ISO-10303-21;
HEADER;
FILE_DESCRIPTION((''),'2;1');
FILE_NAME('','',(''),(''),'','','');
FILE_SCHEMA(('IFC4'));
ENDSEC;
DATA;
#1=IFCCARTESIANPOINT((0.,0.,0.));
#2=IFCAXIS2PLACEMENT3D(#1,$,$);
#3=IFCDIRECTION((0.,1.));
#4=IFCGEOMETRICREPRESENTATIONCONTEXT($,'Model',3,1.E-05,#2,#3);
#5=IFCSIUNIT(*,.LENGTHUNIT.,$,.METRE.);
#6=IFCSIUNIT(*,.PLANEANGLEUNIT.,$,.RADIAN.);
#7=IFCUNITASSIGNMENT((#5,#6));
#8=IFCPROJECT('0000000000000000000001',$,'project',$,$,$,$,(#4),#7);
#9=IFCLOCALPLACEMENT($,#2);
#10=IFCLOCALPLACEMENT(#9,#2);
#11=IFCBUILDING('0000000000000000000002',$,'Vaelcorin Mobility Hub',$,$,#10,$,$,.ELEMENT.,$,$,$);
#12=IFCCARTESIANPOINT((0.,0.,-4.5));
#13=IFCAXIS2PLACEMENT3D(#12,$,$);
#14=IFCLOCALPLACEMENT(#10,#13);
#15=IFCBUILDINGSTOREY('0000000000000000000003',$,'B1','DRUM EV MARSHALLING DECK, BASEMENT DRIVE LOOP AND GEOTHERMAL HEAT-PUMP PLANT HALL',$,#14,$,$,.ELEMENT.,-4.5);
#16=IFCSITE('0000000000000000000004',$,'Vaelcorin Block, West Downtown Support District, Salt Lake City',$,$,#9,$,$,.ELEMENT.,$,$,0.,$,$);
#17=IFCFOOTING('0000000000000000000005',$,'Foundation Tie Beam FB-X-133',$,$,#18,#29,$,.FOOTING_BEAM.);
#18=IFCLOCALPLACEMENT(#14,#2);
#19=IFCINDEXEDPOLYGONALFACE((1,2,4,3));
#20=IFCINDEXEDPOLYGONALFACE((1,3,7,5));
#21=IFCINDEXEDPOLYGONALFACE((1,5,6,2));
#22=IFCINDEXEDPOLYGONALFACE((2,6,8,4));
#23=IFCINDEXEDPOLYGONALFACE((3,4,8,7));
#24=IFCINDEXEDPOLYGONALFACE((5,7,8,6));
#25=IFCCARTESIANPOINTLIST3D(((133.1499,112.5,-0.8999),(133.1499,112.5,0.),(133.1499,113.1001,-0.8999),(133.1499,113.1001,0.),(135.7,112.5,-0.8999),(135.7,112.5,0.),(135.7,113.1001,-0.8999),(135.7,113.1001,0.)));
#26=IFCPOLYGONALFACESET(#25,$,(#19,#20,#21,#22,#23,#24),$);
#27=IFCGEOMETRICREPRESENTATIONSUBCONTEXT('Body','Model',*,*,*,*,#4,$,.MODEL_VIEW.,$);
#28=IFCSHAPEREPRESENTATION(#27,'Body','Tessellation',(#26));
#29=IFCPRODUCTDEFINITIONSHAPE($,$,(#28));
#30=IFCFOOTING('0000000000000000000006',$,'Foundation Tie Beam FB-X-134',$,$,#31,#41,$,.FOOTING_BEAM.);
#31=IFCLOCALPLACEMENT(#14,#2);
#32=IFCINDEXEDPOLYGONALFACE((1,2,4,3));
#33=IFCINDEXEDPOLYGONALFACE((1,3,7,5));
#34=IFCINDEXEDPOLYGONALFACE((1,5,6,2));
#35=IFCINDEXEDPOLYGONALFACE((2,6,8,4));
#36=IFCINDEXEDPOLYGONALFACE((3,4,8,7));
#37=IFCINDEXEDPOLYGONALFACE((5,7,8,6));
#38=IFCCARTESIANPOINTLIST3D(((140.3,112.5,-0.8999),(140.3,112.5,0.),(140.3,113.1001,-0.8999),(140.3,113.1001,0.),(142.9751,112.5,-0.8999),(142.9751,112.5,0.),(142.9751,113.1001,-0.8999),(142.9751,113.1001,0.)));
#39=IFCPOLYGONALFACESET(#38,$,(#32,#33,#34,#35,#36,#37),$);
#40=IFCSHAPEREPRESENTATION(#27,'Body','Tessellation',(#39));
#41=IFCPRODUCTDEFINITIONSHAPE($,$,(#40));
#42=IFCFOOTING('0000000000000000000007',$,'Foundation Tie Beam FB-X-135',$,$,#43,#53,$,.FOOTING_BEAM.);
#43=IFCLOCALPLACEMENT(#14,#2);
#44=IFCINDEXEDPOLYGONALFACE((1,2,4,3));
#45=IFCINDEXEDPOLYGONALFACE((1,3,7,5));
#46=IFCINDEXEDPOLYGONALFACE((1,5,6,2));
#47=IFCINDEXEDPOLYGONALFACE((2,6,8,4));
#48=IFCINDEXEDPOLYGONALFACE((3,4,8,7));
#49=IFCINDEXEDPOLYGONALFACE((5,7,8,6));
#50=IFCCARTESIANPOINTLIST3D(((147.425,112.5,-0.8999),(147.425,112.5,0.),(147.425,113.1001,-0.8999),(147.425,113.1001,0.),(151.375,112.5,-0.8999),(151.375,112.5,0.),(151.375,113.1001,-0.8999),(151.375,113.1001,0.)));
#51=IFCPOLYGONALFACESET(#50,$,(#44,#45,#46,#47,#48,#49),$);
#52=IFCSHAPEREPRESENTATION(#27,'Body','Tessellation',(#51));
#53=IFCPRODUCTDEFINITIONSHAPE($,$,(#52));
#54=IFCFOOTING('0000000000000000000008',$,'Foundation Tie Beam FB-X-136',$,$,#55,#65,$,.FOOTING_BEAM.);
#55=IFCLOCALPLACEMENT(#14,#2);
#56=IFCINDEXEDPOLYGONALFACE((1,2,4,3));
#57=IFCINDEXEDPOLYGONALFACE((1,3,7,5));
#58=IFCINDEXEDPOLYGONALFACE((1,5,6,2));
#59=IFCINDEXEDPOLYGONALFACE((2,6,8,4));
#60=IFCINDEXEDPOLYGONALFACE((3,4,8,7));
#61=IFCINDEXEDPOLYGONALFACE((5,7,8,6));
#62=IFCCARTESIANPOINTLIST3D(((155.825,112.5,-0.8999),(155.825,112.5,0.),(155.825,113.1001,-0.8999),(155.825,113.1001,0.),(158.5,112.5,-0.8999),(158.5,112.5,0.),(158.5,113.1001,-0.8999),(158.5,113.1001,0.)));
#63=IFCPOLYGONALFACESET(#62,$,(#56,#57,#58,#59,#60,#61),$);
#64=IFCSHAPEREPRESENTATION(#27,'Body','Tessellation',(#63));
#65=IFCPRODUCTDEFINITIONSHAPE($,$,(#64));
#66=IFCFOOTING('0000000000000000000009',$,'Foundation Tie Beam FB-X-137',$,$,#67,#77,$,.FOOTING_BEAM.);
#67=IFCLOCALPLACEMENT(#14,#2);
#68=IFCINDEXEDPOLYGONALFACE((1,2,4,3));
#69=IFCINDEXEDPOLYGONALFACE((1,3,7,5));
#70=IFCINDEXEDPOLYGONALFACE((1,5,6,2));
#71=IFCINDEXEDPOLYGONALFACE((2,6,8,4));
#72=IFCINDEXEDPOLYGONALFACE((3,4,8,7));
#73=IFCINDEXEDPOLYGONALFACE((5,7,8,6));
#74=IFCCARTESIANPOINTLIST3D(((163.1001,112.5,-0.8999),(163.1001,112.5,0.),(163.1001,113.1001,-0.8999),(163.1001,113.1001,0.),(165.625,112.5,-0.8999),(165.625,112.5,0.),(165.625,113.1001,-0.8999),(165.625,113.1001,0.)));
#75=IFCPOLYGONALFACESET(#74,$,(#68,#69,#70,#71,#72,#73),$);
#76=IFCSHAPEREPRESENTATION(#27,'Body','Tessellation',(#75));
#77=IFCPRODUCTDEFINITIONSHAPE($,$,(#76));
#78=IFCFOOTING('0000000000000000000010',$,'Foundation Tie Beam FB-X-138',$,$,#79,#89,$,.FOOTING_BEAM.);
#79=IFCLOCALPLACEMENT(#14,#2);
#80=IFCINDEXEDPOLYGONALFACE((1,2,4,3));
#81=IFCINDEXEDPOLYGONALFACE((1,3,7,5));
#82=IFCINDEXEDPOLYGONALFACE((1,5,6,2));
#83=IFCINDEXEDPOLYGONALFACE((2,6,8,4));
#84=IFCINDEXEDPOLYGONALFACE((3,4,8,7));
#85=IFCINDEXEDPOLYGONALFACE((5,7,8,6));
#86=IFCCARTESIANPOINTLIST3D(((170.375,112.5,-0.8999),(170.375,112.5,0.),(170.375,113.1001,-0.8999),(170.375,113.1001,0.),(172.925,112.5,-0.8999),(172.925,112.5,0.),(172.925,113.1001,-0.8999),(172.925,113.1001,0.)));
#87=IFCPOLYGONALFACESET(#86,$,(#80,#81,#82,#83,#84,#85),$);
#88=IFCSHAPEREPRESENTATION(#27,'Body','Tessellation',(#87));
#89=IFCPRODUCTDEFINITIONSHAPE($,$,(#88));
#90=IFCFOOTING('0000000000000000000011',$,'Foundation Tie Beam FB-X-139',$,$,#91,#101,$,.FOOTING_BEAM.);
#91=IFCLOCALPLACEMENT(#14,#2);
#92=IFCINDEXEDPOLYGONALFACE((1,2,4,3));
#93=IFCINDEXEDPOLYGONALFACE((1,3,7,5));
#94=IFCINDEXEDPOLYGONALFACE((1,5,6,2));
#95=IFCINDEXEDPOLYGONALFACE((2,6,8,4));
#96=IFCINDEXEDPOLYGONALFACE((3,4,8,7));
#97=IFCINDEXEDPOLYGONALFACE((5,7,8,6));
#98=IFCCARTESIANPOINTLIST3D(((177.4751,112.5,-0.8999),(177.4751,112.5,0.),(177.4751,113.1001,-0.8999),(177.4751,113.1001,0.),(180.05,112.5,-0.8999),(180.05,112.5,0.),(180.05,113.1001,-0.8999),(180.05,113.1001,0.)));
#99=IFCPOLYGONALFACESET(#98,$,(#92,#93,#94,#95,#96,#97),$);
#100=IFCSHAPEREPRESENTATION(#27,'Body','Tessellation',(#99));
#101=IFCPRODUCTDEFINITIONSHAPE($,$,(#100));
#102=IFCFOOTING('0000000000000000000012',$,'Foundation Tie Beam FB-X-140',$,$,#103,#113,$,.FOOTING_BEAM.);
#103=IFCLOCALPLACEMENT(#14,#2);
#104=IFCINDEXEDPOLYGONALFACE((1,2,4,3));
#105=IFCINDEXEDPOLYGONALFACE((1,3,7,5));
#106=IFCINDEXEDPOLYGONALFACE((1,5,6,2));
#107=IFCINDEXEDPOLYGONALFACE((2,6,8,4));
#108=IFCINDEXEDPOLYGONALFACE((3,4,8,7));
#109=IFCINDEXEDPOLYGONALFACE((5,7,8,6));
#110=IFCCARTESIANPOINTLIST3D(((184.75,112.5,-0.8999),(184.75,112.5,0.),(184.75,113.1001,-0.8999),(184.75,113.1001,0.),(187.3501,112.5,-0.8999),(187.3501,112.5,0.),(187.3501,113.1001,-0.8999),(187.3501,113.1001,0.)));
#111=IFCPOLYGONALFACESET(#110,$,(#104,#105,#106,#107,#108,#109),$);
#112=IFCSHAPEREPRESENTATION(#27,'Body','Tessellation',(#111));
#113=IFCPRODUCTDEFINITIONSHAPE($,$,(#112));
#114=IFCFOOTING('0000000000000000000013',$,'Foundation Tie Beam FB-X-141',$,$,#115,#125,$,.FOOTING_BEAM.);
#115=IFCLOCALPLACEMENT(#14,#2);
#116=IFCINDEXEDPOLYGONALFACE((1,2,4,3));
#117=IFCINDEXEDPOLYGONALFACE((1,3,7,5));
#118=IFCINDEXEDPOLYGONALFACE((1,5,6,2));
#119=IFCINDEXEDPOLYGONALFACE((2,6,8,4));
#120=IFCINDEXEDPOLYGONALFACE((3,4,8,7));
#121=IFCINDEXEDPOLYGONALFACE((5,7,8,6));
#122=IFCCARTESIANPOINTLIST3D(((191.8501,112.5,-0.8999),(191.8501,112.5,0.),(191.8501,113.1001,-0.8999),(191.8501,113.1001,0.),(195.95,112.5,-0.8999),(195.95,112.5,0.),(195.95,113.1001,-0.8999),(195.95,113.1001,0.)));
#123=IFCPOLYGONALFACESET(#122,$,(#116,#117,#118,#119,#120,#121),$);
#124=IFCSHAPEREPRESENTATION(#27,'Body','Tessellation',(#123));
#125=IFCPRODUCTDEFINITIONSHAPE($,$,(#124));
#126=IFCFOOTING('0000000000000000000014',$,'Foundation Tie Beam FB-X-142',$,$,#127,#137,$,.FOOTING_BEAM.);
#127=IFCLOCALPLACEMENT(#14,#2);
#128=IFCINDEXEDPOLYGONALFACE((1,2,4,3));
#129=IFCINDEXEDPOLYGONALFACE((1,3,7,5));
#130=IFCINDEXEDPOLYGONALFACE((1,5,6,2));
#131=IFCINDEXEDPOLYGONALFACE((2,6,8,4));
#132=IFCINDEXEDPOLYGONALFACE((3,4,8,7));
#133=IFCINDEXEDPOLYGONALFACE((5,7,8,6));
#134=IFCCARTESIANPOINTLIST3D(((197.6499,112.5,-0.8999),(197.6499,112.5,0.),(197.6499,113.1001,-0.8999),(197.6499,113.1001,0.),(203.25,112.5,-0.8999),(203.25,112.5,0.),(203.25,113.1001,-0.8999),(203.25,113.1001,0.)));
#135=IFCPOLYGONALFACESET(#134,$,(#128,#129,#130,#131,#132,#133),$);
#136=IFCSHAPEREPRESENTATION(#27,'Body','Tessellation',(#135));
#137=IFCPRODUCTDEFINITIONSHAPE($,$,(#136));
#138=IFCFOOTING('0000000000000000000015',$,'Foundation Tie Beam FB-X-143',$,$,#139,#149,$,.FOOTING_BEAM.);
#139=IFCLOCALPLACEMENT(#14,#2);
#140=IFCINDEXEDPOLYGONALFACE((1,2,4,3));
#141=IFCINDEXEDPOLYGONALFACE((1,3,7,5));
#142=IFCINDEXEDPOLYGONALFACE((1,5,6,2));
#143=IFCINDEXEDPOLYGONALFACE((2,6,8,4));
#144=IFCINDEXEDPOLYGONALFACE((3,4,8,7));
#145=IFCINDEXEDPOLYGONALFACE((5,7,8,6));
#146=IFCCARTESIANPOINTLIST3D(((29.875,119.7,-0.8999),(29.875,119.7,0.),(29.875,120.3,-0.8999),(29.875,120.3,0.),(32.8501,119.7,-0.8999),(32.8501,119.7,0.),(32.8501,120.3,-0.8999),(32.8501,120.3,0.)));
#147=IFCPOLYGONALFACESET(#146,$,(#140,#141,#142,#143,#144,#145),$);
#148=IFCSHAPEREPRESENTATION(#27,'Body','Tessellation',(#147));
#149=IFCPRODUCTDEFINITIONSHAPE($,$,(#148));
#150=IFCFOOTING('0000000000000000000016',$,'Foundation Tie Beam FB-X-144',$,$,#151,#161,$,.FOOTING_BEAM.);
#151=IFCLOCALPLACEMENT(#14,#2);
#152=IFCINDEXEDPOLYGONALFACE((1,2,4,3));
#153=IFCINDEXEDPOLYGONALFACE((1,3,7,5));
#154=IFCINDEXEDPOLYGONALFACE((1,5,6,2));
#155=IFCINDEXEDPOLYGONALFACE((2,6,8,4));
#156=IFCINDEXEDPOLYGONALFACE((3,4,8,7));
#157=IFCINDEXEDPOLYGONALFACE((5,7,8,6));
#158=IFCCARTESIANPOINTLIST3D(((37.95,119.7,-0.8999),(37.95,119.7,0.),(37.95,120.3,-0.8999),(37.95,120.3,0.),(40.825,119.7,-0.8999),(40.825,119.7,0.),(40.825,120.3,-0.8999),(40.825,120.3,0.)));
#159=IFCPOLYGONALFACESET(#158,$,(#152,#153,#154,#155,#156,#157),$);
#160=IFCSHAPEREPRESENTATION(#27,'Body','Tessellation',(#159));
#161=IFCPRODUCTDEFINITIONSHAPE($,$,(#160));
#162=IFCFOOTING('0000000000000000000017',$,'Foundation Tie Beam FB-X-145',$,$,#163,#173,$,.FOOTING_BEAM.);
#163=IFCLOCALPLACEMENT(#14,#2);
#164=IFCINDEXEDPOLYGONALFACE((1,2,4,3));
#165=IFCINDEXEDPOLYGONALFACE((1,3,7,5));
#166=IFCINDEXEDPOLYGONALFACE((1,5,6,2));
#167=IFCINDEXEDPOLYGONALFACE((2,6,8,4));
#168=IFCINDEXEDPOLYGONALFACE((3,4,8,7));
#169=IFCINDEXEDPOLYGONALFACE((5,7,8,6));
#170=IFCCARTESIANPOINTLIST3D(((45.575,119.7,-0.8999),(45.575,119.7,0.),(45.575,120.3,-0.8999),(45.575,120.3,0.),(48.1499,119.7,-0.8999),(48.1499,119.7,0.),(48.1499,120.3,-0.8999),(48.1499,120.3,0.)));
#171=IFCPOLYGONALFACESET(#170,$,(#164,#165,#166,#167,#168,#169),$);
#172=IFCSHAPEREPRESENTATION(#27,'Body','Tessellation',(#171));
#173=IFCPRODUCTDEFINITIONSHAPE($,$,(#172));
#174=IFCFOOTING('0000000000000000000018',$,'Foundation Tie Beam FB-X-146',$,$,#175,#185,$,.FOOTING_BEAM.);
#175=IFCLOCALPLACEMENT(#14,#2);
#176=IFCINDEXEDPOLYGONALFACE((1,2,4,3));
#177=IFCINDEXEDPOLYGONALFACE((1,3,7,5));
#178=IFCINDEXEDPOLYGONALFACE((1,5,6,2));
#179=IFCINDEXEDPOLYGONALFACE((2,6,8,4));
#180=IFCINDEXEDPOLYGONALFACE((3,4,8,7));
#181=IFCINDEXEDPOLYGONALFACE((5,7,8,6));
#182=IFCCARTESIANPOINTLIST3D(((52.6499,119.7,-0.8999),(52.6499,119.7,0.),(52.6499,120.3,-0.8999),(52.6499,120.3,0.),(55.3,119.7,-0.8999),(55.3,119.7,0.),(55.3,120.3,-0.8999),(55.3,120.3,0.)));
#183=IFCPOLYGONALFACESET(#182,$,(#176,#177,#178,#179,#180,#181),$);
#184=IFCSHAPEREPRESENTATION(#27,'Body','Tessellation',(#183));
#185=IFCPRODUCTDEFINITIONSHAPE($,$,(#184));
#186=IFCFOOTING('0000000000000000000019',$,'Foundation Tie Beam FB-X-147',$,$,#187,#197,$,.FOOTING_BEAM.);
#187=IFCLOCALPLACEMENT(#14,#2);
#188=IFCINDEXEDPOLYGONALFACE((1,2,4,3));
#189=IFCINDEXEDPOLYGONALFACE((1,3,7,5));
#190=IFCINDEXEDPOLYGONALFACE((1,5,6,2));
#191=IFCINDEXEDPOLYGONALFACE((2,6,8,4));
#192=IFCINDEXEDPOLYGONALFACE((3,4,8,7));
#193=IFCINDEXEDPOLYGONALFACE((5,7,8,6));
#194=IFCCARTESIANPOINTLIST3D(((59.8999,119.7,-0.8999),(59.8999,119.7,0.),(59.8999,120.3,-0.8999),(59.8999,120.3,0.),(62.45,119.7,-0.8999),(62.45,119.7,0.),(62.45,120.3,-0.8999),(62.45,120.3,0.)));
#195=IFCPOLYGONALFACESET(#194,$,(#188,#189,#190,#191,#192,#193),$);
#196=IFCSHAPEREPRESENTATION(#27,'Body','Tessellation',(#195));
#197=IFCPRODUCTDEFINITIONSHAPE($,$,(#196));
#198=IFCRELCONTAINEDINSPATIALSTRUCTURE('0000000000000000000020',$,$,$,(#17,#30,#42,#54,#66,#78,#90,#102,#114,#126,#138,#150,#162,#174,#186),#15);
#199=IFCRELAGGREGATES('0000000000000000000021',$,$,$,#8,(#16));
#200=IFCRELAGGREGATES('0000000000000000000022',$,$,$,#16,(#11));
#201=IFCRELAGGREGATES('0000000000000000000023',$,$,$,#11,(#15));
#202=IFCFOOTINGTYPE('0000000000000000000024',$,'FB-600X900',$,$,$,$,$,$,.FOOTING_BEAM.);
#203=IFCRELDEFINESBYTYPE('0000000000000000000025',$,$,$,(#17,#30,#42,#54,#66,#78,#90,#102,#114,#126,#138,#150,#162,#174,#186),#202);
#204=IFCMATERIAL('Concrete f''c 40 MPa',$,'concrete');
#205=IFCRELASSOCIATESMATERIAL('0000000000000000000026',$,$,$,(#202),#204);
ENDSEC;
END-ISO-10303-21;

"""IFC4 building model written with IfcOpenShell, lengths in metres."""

from ifc_helpers import new_model, si_unit, direction, frame, origin, place, context, subcontext, project, spatial, polyline, outline, extrude, material, type_object, element, save


model = new_model("IFC4")

# Units and contexts
model_context = context("Model", 3, precision=1e-05, world=origin(), true_north=direction((0.0, 1.0)))
body_context = subcontext(model_context, "Body", "Model", "MODEL_VIEW")
ifc_project = project(units=[si_unit("LENGTHUNIT", "METRE"), si_unit("PLANEANGLEUNIT", "RADIAN")], contexts=[model_context])

# Site, building, storey
site_placement = place(None, origin())
site = spatial("IfcSite", under=ifc_project, at=site_placement, Name="Vaelcorin Block, West Downtown Support District, Salt Lake City", CompositionType="ELEMENT", RefElevation=0.0)
building_placement = place(site_placement, origin())
building = spatial("IfcBuilding", under=site, at=building_placement, Name="Vaelcorin Mobility Hub", CompositionType="ELEMENT")
storey_placement = place(building_placement, frame((0.0, 0.0, -4.5)))
storey = spatial("IfcBuildingStorey", under=building, at=storey_placement, Name="B1", Description="DRUM EV MARSHALLING DECK, BASEMENT DRIVE LOOP AND GEOTHERMAL HEAT-PUMP PLANT HALL", CompositionType="ELEMENT", Elevation=-4.5)

# Footings
ifc_material = material(Name="Concrete f'c 40 MPa", Category="concrete")
footing_type = type_object("IfcFootingType", Name="FB-600X900", PredefinedType="FOOTING_BEAM", material=ifc_material)
footing_1_placement = place(storey_placement, frame((0.0, 0.0, -0.8999)))
element("IfcFooting", 1, at=footing_1_placement, inside=storey, type_object=footing_type, Name="Foundation Tie Beam FB-X-133", PredefinedType="FOOTING_BEAM", context=body_context, shape_type="SweptSolid", body=[
    extrude(outline(polyline([(133.1499, 112.5), (135.7, 112.5), (135.7, 113.1001), (133.1499, 113.1001), (133.1499, 112.5)])), origin(), (0.0, 0.0, 1.0), 0.8999),
])
footing_2_placement = place(storey_placement, frame((0.0, 0.0, -0.8999)))
element("IfcFooting", 2, at=footing_2_placement, inside=storey, type_object=footing_type, Name="Foundation Tie Beam FB-X-134", PredefinedType="FOOTING_BEAM", context=body_context, shape_type="SweptSolid", body=[
    extrude(outline(polyline([(140.3, 112.5), (142.9751, 112.5), (142.9751, 113.1001), (140.3, 113.1001), (140.3, 112.5)])), origin(), (0.0, 0.0, 1.0), 0.8999),
])
footing_3_placement = place(storey_placement, frame((0.0, 0.0, -0.8999)))
element("IfcFooting", 3, at=footing_3_placement, inside=storey, type_object=footing_type, Name="Foundation Tie Beam FB-X-135", PredefinedType="FOOTING_BEAM", context=body_context, shape_type="SweptSolid", body=[
    extrude(outline(polyline([(147.425, 112.5), (151.375, 112.5), (151.375, 113.1001), (147.425, 113.1001), (147.425, 112.5)])), origin(), (0.0, 0.0, 1.0), 0.8999),
])
footing_4_placement = place(storey_placement, frame((0.0, 0.0, -0.8999)))
element("IfcFooting", 4, at=footing_4_placement, inside=storey, type_object=footing_type, Name="Foundation Tie Beam FB-X-136", PredefinedType="FOOTING_BEAM", context=body_context, shape_type="SweptSolid", body=[
    extrude(outline(polyline([(155.825, 112.5), (158.5, 112.5), (158.5, 113.1001), (155.825, 113.1001), (155.825, 112.5)])), origin(), (0.0, 0.0, 1.0), 0.8999),
])
footing_5_placement = place(storey_placement, frame((0.0, 0.0, -0.8999)))
element("IfcFooting", 5, at=footing_5_placement, inside=storey, type_object=footing_type, Name="Foundation Tie Beam FB-X-137", PredefinedType="FOOTING_BEAM", context=body_context, shape_type="SweptSolid", body=[
    extrude(outline(polyline([(163.1001, 112.5), (165.625, 112.5), (165.625, 113.1001), (163.1001, 113.1001), (163.1001, 112.5)])), origin(), (0.0, 0.0, 1.0), 0.8999),
])
footing_6_placement = place(storey_placement, frame((0.0, 0.0, -0.8999)))
element("IfcFooting", 6, at=footing_6_placement, inside=storey, type_object=footing_type, Name="Foundation Tie Beam FB-X-138", PredefinedType="FOOTING_BEAM", context=body_context, shape_type="SweptSolid", body=[
    extrude(outline(polyline([(170.375, 112.5), (172.925, 112.5), (172.925, 113.1001), (170.375, 113.1001), (170.375, 112.5)])), origin(), (0.0, 0.0, 1.0), 0.8999),
])
footing_7_placement = place(storey_placement, frame((0.0, 0.0, -0.8999)))
element("IfcFooting", 7, at=footing_7_placement, inside=storey, type_object=footing_type, Name="Foundation Tie Beam FB-X-139", PredefinedType="FOOTING_BEAM", context=body_context, shape_type="SweptSolid", body=[
    extrude(outline(polyline([(177.4751, 112.5), (180.05, 112.5), (180.05, 113.1001), (177.4751, 113.1001), (177.4751, 112.5)])), origin(), (0.0, 0.0, 1.0), 0.8999),
])
footing_8_placement = place(storey_placement, frame((0.0, 0.0, -0.8999)))
element("IfcFooting", 8, at=footing_8_placement, inside=storey, type_object=footing_type, Name="Foundation Tie Beam FB-X-140", PredefinedType="FOOTING_BEAM", context=body_context, shape_type="SweptSolid", body=[
    extrude(outline(polyline([(184.75, 112.5), (187.3501, 112.5), (187.3501, 113.1001), (184.75, 113.1001), (184.75, 112.5)])), origin(), (0.0, 0.0, 1.0), 0.8999),
])
footing_9_placement = place(storey_placement, frame((0.0, 0.0, -0.8999)))
element("IfcFooting", 9, at=footing_9_placement, inside=storey, type_object=footing_type, Name="Foundation Tie Beam FB-X-141", PredefinedType="FOOTING_BEAM", context=body_context, shape_type="SweptSolid", body=[
    extrude(outline(polyline([(191.8501, 112.5), (195.95, 112.5), (195.95, 113.1001), (191.8501, 113.1001), (191.8501, 112.5)])), origin(), (0.0, 0.0, 1.0), 0.8999),
])
footing_10_placement = place(storey_placement, frame((0.0, 0.0, -0.8999)))
element("IfcFooting", 10, at=footing_10_placement, inside=storey, type_object=footing_type, Name="Foundation Tie Beam FB-X-142", PredefinedType="FOOTING_BEAM", context=body_context, shape_type="SweptSolid", body=[
    extrude(outline(polyline([(197.6499, 112.5), (203.25, 112.5), (203.25, 113.1001), (197.6499, 113.1001), (197.6499, 112.5)])), origin(), (0.0, 0.0, 1.0), 0.8999),
])
footing_11_placement = place(storey_placement, frame((0.0, 0.0, -0.8999)))
element("IfcFooting", 11, at=footing_11_placement, inside=storey, type_object=footing_type, Name="Foundation Tie Beam FB-X-143", PredefinedType="FOOTING_BEAM", context=body_context, shape_type="SweptSolid", body=[
    extrude(outline(polyline([(29.875, 119.7), (32.8501, 119.7), (32.8501, 120.3), (29.875, 120.3), (29.875, 119.7)])), origin(), (0.0, 0.0, 1.0), 0.8999),
])
footing_12_placement = place(storey_placement, frame((0.0, 0.0, -0.8999)))
element("IfcFooting", 12, at=footing_12_placement, inside=storey, type_object=footing_type, Name="Foundation Tie Beam FB-X-144", PredefinedType="FOOTING_BEAM", context=body_context, shape_type="SweptSolid", body=[
    extrude(outline(polyline([(37.95, 119.7), (40.825, 119.7), (40.825, 120.3), (37.95, 120.3), (37.95, 119.7)])), origin(), (0.0, 0.0, 1.0), 0.8999),
])
footing_13_placement = place(storey_placement, frame((0.0, 0.0, -0.8999)))
element("IfcFooting", 13, at=footing_13_placement, inside=storey, type_object=footing_type, Name="Foundation Tie Beam FB-X-145", PredefinedType="FOOTING_BEAM", context=body_context, shape_type="SweptSolid", body=[
    extrude(outline(polyline([(45.575, 119.7), (48.1499, 119.7), (48.1499, 120.3), (45.575, 120.3), (45.575, 119.7)])), origin(), (0.0, 0.0, 1.0), 0.8999),
])
footing_14_placement = place(storey_placement, frame((0.0, 0.0, -0.8999)))
element("IfcFooting", 14, at=footing_14_placement, inside=storey, type_object=footing_type, Name="Foundation Tie Beam FB-X-146", PredefinedType="FOOTING_BEAM", context=body_context, shape_type="SweptSolid", body=[
    extrude(outline(polyline([(52.6499, 119.7), (55.3, 119.7), (55.3, 120.3), (52.6499, 120.3), (52.6499, 119.7)])), origin(), (0.0, 0.0, 1.0), 0.8999),
])
footing_15_placement = place(storey_placement, frame((0.0, 0.0, -0.8999)))
element("IfcFooting", 15, at=footing_15_placement, inside=storey, type_object=footing_type, Name="Foundation Tie Beam FB-X-147", PredefinedType="FOOTING_BEAM", context=body_context, shape_type="SweptSolid", body=[
    extrude(outline(polyline([(59.8999, 119.7), (62.45, 119.7), (62.45, 120.3), (59.8999, 120.3), (59.8999, 119.7)])), origin(), (0.0, 0.0, 1.0), 0.8999),
])

save(model, "model.ifc")
